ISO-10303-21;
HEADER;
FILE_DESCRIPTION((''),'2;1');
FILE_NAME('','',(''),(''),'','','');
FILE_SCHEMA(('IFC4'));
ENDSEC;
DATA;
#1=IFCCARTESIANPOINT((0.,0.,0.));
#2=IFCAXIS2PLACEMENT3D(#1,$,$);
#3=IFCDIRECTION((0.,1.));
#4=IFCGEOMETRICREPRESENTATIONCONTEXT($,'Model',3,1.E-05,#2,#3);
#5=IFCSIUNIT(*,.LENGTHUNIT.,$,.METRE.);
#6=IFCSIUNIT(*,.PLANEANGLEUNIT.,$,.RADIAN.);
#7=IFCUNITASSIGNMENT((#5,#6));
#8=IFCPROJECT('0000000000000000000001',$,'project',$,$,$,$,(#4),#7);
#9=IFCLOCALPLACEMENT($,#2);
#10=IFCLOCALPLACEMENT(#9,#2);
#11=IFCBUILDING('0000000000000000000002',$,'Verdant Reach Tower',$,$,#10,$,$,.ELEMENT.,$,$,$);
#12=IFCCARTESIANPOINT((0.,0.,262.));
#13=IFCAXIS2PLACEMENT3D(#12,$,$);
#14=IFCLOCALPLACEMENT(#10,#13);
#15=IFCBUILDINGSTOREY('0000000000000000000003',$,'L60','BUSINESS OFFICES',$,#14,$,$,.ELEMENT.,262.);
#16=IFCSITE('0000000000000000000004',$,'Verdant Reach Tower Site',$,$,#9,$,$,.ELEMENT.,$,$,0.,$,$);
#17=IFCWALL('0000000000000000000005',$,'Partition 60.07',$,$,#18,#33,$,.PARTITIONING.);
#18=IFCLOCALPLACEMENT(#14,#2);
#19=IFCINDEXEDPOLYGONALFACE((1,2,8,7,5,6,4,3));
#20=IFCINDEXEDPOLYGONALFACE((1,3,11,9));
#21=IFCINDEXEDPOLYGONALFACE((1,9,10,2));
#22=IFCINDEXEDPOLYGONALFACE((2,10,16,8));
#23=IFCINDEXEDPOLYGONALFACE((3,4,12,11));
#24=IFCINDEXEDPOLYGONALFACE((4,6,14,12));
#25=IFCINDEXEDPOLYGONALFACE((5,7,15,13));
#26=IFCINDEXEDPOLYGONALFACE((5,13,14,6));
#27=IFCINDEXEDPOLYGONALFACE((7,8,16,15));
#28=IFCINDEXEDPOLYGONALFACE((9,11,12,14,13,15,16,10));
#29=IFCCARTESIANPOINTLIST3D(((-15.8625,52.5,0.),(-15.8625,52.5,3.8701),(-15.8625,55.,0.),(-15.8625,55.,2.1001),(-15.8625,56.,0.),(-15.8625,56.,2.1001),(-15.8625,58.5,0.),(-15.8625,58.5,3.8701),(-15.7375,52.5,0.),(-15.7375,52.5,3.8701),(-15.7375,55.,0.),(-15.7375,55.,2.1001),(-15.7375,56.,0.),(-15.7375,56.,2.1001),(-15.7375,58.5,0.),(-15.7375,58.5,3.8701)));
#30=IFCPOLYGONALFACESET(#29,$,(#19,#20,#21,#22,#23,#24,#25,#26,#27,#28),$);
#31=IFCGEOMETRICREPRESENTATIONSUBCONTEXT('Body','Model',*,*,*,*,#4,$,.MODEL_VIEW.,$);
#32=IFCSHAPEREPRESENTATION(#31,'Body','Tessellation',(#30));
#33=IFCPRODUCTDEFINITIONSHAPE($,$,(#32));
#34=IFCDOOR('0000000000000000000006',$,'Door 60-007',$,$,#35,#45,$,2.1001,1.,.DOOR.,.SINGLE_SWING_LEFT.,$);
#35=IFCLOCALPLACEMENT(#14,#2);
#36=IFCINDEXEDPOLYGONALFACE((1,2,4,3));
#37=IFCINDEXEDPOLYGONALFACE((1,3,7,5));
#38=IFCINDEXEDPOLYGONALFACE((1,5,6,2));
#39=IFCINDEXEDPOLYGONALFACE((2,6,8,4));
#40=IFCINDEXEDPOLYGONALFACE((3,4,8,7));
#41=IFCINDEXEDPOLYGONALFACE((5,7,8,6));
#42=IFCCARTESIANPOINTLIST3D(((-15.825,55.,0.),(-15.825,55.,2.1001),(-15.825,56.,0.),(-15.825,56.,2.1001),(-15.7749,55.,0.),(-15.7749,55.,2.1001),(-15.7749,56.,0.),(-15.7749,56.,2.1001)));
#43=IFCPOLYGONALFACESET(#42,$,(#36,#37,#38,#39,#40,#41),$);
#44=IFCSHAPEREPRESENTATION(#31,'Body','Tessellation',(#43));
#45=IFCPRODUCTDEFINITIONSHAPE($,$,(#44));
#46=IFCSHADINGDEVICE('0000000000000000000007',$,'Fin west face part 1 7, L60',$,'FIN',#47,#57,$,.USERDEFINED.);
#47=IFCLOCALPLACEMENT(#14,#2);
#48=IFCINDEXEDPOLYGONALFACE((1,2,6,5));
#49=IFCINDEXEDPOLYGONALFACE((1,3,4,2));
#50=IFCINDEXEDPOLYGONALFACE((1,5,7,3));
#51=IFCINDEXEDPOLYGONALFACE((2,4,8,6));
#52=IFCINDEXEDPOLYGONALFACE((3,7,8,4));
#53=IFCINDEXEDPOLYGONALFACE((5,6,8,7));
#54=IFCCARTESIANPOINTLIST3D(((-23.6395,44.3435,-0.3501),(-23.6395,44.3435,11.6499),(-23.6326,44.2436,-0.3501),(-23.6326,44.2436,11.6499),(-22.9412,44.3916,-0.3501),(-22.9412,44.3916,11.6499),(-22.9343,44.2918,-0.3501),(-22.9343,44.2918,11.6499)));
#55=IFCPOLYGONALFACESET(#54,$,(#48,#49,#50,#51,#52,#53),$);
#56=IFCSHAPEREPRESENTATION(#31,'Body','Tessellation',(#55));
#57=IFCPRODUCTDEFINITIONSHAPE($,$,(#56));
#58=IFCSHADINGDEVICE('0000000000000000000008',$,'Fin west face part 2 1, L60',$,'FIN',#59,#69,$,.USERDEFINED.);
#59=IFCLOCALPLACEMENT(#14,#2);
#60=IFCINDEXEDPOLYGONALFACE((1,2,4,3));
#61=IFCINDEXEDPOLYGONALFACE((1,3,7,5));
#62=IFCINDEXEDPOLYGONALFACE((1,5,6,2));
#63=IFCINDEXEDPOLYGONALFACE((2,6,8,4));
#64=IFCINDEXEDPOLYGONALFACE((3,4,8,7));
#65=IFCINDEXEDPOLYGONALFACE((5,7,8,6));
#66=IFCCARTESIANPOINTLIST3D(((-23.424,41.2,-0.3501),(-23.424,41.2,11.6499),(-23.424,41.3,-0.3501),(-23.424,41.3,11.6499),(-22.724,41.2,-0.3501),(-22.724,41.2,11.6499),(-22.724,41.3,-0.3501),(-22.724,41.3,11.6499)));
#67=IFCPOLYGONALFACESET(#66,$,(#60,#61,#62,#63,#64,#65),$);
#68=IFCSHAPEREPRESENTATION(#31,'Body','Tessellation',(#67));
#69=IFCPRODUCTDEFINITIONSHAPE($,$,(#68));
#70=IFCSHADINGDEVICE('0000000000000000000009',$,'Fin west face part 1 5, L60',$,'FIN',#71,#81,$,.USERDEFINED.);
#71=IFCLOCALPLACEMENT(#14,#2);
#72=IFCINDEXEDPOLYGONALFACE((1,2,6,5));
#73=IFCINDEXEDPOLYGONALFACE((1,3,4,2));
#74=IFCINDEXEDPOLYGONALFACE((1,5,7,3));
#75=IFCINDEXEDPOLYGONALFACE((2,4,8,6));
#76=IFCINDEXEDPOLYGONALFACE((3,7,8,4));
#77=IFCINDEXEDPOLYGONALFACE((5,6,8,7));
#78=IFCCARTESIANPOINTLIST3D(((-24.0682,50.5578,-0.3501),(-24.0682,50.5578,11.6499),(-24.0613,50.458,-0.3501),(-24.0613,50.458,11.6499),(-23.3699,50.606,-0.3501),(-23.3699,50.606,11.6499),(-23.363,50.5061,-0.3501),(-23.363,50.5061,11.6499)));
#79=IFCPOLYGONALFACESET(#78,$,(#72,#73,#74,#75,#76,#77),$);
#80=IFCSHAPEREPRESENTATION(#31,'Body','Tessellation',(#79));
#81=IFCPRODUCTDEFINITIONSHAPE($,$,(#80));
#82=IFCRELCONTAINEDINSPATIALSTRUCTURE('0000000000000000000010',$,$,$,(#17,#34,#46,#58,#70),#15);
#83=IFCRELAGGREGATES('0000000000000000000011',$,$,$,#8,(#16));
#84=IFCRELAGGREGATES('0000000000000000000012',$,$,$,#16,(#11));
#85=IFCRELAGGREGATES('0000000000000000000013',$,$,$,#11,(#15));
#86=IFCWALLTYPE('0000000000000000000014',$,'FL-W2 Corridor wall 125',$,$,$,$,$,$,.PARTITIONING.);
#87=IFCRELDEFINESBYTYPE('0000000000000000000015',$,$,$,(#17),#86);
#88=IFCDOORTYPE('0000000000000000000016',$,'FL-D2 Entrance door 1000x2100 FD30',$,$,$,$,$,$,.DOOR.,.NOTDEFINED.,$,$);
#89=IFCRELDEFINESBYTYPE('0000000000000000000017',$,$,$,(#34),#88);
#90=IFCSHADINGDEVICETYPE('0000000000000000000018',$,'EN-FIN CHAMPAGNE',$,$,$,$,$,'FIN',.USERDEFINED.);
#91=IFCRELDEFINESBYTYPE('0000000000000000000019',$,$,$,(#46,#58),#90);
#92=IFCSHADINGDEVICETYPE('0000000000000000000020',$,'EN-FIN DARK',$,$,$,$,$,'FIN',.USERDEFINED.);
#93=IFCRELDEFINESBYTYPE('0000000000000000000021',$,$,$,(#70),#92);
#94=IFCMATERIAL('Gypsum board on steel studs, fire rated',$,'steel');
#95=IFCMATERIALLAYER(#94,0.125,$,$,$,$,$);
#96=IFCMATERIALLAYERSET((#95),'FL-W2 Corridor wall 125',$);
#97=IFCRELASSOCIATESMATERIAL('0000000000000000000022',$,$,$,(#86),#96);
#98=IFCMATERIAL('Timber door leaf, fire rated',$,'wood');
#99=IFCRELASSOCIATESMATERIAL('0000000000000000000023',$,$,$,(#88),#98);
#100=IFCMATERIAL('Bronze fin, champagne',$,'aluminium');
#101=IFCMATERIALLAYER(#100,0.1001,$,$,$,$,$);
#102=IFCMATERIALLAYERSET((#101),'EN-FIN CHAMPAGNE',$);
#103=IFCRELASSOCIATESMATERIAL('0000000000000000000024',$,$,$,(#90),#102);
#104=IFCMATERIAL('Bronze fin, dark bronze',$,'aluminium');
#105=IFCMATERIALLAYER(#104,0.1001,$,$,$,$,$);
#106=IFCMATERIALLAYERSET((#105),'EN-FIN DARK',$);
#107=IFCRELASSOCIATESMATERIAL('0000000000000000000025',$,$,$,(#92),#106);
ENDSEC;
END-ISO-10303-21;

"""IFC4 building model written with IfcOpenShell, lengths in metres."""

from ifc_helpers import new_model, si_unit, direction, frame, frame_2d, origin, origin_2d, place, context, subcontext, project, spatial, rectangle, extrude, material, layer, layer_set, type_object, element, fill, save


model = new_model("IFC4")

# Units and contexts
model_context = context("Model", 3, precision=1e-05, world=origin(), true_north=direction((0.0, 1.0)))
body_context = subcontext(model_context, "Body", "Model", "MODEL_VIEW")
ifc_project = project(units=[si_unit("LENGTHUNIT", "METRE"), si_unit("PLANEANGLEUNIT", "RADIAN")], contexts=[model_context])

# Site, building, storey
site_placement = place(None, origin())
site = spatial("IfcSite", under=ifc_project, at=site_placement, Name="Verdant Reach Tower Site", CompositionType="ELEMENT", RefElevation=0.0)
building_placement = place(site_placement, origin())
building = spatial("IfcBuilding", under=site, at=building_placement, Name="Verdant Reach Tower", CompositionType="ELEMENT")
storey_placement = place(building_placement, frame((0.0, 0.0, 262.0)))
storey = spatial("IfcBuildingStorey", under=building, at=storey_placement, Name="L60", Description="BUSINESS OFFICES", CompositionType="ELEMENT", Elevation=262.0)

# Wall, opening, door
ifc_material_1 = material(Name="Gypsum board on steel studs, fire rated", Category="steel")
ifc_layer_1 = layer(ifc_material_1, 0.125)
ifc_layer_set_1 = layer_set([ifc_layer_1], Name="FL-W2 Corridor wall 125")
wall_type_1 = type_object("IfcWallType", Name="FL-W2 Corridor wall 125", PredefinedType="PARTITIONING", material=ifc_layer_set_1)
ifc_material_2 = material(Name="Timber door leaf, fire rated", Category="wood")
door_type = type_object("IfcDoorType", Name="FL-D2 Entrance door 1000x2100 FD30", OperationType="NOTDEFINED", PredefinedType="DOOR", material=ifc_material_2)
wall_1_placement = place(storey_placement, frame((-15.8, 52.5, 0.0), z_axis=(0.0, 0.0, 1.0), x_axis=(0.0, 1.0, 0.0)))
wall_1 = element("IfcWall", 1, at=wall_1_placement, inside=storey, type_object=wall_type_1, Name="Partition 60.07", PredefinedType="PARTITIONING", context=body_context, shape_type="SweptSolid", body=[
    extrude(rectangle(XDim=6.0, YDim=0.125, at=frame_2d((3.0, 0.0))), origin(), (0.0, 0.0, 1.0), 3.8701),
])
opening_1_placement = place(wall_1_placement, frame((2.5, 0.0, 0.0)))
opening_1 = element("IfcOpeningElement", 2, at=opening_1_placement, cuts=wall_1, PredefinedType="OPENING", context=body_context, shape_type="SweptSolid", body=[
    extrude(rectangle(XDim=1.0, YDim=2.1001, at=frame_2d((0.5, 1.05))), frame((0.0, 0.0725, 0.0), z_axis=(0.0, -1.0, 0.0), x_axis=(1.0, 0.0, 0.0)), (0.0, 0.0, 1.0), 0.145),
])
door_1_placement = place(opening_1_placement, origin())
door_1 = element("IfcDoor", 3, at=door_1_placement, inside=storey, type_object=door_type, Name="Door 60-007", OperationType="SINGLE_SWING_LEFT", OverallHeight=2.1001, OverallWidth=1.0, PredefinedType="DOOR", context=body_context, shape_type="SweptSolid", body=[
    extrude(rectangle(XDim=1.0, YDim=2.1001, at=frame_2d((0.5, 1.05))), frame((0.0, 0.0249, 0.0), z_axis=(0.0, -1.0, 0.0), x_axis=(1.0, 0.0, 0.0)), (0.0, 0.0, 1.0), 0.05),
])
fill(opening_1, door_1)

# Shading devices
ifc_material_3 = material(Name="Bronze fin, champagne", Category="aluminium")
ifc_layer_2 = layer(ifc_material_3, 0.1001)
ifc_layer_set_2 = layer_set([ifc_layer_2], Name="EN-FIN CHAMPAGNE")
shading_device_type_1 = type_object("IfcShadingDeviceType", Name="EN-FIN CHAMPAGNE", ElementType="FIN", PredefinedType="USERDEFINED", material=ifc_layer_set_2)
for number, where, z_axis, x_axis, name in (
    (4, (-23.2869, 44.3176, -0.3501), (0.0, 0.0, 1.0), (0.068802, -0.99763, 0.0), "Fin west face part 1 7, L60"),
    (5, (-23.074, 41.25, -0.3501), (0.0, 0.0, 1.0), (0.0, -1.0, 0.0), "Fin west face part 2 1, L60"),
):
    element("IfcShadingDevice", number, at=place(storey_placement, frame(where, z_axis=z_axis, x_axis=x_axis)), inside=storey, type_object=shading_device_type_1, Name=name, ObjectType="FIN", PredefinedType="USERDEFINED", context=body_context, shape_type="SweptSolid", body=[
        extrude(rectangle(XDim=0.1001, YDim=0.7, at=origin_2d()), origin(), (0.0, 0.0, 1.0), 12.0),
    ])
ifc_material_4 = material(Name="Bronze fin, dark bronze", Category="aluminium")
ifc_layer_3 = layer(ifc_material_4, 0.1001)
ifc_layer_set_3 = layer_set([ifc_layer_3], Name="EN-FIN DARK")
shading_device_type_2 = type_object("IfcShadingDeviceType", Name="EN-FIN DARK", ElementType="FIN", PredefinedType="USERDEFINED", material=ifc_layer_set_3)
shading_device_placement = place(storey_placement, frame((-23.7156, 50.532, -0.3501), z_axis=(0.0, 0.0, 1.0), x_axis=(0.068802, -0.99763, 0.0)))
element("IfcShadingDevice", 6, at=shading_device_placement, inside=storey, type_object=shading_device_type_2, Name="Fin west face part 1 5, L60", ObjectType="FIN", PredefinedType="USERDEFINED", context=body_context, shape_type="SweptSolid", body=[
    extrude(rectangle(XDim=0.1001, YDim=0.7, at=origin_2d()), origin(), (0.0, 0.0, 1.0), 12.0),
])

save(model, "model.ifc")
